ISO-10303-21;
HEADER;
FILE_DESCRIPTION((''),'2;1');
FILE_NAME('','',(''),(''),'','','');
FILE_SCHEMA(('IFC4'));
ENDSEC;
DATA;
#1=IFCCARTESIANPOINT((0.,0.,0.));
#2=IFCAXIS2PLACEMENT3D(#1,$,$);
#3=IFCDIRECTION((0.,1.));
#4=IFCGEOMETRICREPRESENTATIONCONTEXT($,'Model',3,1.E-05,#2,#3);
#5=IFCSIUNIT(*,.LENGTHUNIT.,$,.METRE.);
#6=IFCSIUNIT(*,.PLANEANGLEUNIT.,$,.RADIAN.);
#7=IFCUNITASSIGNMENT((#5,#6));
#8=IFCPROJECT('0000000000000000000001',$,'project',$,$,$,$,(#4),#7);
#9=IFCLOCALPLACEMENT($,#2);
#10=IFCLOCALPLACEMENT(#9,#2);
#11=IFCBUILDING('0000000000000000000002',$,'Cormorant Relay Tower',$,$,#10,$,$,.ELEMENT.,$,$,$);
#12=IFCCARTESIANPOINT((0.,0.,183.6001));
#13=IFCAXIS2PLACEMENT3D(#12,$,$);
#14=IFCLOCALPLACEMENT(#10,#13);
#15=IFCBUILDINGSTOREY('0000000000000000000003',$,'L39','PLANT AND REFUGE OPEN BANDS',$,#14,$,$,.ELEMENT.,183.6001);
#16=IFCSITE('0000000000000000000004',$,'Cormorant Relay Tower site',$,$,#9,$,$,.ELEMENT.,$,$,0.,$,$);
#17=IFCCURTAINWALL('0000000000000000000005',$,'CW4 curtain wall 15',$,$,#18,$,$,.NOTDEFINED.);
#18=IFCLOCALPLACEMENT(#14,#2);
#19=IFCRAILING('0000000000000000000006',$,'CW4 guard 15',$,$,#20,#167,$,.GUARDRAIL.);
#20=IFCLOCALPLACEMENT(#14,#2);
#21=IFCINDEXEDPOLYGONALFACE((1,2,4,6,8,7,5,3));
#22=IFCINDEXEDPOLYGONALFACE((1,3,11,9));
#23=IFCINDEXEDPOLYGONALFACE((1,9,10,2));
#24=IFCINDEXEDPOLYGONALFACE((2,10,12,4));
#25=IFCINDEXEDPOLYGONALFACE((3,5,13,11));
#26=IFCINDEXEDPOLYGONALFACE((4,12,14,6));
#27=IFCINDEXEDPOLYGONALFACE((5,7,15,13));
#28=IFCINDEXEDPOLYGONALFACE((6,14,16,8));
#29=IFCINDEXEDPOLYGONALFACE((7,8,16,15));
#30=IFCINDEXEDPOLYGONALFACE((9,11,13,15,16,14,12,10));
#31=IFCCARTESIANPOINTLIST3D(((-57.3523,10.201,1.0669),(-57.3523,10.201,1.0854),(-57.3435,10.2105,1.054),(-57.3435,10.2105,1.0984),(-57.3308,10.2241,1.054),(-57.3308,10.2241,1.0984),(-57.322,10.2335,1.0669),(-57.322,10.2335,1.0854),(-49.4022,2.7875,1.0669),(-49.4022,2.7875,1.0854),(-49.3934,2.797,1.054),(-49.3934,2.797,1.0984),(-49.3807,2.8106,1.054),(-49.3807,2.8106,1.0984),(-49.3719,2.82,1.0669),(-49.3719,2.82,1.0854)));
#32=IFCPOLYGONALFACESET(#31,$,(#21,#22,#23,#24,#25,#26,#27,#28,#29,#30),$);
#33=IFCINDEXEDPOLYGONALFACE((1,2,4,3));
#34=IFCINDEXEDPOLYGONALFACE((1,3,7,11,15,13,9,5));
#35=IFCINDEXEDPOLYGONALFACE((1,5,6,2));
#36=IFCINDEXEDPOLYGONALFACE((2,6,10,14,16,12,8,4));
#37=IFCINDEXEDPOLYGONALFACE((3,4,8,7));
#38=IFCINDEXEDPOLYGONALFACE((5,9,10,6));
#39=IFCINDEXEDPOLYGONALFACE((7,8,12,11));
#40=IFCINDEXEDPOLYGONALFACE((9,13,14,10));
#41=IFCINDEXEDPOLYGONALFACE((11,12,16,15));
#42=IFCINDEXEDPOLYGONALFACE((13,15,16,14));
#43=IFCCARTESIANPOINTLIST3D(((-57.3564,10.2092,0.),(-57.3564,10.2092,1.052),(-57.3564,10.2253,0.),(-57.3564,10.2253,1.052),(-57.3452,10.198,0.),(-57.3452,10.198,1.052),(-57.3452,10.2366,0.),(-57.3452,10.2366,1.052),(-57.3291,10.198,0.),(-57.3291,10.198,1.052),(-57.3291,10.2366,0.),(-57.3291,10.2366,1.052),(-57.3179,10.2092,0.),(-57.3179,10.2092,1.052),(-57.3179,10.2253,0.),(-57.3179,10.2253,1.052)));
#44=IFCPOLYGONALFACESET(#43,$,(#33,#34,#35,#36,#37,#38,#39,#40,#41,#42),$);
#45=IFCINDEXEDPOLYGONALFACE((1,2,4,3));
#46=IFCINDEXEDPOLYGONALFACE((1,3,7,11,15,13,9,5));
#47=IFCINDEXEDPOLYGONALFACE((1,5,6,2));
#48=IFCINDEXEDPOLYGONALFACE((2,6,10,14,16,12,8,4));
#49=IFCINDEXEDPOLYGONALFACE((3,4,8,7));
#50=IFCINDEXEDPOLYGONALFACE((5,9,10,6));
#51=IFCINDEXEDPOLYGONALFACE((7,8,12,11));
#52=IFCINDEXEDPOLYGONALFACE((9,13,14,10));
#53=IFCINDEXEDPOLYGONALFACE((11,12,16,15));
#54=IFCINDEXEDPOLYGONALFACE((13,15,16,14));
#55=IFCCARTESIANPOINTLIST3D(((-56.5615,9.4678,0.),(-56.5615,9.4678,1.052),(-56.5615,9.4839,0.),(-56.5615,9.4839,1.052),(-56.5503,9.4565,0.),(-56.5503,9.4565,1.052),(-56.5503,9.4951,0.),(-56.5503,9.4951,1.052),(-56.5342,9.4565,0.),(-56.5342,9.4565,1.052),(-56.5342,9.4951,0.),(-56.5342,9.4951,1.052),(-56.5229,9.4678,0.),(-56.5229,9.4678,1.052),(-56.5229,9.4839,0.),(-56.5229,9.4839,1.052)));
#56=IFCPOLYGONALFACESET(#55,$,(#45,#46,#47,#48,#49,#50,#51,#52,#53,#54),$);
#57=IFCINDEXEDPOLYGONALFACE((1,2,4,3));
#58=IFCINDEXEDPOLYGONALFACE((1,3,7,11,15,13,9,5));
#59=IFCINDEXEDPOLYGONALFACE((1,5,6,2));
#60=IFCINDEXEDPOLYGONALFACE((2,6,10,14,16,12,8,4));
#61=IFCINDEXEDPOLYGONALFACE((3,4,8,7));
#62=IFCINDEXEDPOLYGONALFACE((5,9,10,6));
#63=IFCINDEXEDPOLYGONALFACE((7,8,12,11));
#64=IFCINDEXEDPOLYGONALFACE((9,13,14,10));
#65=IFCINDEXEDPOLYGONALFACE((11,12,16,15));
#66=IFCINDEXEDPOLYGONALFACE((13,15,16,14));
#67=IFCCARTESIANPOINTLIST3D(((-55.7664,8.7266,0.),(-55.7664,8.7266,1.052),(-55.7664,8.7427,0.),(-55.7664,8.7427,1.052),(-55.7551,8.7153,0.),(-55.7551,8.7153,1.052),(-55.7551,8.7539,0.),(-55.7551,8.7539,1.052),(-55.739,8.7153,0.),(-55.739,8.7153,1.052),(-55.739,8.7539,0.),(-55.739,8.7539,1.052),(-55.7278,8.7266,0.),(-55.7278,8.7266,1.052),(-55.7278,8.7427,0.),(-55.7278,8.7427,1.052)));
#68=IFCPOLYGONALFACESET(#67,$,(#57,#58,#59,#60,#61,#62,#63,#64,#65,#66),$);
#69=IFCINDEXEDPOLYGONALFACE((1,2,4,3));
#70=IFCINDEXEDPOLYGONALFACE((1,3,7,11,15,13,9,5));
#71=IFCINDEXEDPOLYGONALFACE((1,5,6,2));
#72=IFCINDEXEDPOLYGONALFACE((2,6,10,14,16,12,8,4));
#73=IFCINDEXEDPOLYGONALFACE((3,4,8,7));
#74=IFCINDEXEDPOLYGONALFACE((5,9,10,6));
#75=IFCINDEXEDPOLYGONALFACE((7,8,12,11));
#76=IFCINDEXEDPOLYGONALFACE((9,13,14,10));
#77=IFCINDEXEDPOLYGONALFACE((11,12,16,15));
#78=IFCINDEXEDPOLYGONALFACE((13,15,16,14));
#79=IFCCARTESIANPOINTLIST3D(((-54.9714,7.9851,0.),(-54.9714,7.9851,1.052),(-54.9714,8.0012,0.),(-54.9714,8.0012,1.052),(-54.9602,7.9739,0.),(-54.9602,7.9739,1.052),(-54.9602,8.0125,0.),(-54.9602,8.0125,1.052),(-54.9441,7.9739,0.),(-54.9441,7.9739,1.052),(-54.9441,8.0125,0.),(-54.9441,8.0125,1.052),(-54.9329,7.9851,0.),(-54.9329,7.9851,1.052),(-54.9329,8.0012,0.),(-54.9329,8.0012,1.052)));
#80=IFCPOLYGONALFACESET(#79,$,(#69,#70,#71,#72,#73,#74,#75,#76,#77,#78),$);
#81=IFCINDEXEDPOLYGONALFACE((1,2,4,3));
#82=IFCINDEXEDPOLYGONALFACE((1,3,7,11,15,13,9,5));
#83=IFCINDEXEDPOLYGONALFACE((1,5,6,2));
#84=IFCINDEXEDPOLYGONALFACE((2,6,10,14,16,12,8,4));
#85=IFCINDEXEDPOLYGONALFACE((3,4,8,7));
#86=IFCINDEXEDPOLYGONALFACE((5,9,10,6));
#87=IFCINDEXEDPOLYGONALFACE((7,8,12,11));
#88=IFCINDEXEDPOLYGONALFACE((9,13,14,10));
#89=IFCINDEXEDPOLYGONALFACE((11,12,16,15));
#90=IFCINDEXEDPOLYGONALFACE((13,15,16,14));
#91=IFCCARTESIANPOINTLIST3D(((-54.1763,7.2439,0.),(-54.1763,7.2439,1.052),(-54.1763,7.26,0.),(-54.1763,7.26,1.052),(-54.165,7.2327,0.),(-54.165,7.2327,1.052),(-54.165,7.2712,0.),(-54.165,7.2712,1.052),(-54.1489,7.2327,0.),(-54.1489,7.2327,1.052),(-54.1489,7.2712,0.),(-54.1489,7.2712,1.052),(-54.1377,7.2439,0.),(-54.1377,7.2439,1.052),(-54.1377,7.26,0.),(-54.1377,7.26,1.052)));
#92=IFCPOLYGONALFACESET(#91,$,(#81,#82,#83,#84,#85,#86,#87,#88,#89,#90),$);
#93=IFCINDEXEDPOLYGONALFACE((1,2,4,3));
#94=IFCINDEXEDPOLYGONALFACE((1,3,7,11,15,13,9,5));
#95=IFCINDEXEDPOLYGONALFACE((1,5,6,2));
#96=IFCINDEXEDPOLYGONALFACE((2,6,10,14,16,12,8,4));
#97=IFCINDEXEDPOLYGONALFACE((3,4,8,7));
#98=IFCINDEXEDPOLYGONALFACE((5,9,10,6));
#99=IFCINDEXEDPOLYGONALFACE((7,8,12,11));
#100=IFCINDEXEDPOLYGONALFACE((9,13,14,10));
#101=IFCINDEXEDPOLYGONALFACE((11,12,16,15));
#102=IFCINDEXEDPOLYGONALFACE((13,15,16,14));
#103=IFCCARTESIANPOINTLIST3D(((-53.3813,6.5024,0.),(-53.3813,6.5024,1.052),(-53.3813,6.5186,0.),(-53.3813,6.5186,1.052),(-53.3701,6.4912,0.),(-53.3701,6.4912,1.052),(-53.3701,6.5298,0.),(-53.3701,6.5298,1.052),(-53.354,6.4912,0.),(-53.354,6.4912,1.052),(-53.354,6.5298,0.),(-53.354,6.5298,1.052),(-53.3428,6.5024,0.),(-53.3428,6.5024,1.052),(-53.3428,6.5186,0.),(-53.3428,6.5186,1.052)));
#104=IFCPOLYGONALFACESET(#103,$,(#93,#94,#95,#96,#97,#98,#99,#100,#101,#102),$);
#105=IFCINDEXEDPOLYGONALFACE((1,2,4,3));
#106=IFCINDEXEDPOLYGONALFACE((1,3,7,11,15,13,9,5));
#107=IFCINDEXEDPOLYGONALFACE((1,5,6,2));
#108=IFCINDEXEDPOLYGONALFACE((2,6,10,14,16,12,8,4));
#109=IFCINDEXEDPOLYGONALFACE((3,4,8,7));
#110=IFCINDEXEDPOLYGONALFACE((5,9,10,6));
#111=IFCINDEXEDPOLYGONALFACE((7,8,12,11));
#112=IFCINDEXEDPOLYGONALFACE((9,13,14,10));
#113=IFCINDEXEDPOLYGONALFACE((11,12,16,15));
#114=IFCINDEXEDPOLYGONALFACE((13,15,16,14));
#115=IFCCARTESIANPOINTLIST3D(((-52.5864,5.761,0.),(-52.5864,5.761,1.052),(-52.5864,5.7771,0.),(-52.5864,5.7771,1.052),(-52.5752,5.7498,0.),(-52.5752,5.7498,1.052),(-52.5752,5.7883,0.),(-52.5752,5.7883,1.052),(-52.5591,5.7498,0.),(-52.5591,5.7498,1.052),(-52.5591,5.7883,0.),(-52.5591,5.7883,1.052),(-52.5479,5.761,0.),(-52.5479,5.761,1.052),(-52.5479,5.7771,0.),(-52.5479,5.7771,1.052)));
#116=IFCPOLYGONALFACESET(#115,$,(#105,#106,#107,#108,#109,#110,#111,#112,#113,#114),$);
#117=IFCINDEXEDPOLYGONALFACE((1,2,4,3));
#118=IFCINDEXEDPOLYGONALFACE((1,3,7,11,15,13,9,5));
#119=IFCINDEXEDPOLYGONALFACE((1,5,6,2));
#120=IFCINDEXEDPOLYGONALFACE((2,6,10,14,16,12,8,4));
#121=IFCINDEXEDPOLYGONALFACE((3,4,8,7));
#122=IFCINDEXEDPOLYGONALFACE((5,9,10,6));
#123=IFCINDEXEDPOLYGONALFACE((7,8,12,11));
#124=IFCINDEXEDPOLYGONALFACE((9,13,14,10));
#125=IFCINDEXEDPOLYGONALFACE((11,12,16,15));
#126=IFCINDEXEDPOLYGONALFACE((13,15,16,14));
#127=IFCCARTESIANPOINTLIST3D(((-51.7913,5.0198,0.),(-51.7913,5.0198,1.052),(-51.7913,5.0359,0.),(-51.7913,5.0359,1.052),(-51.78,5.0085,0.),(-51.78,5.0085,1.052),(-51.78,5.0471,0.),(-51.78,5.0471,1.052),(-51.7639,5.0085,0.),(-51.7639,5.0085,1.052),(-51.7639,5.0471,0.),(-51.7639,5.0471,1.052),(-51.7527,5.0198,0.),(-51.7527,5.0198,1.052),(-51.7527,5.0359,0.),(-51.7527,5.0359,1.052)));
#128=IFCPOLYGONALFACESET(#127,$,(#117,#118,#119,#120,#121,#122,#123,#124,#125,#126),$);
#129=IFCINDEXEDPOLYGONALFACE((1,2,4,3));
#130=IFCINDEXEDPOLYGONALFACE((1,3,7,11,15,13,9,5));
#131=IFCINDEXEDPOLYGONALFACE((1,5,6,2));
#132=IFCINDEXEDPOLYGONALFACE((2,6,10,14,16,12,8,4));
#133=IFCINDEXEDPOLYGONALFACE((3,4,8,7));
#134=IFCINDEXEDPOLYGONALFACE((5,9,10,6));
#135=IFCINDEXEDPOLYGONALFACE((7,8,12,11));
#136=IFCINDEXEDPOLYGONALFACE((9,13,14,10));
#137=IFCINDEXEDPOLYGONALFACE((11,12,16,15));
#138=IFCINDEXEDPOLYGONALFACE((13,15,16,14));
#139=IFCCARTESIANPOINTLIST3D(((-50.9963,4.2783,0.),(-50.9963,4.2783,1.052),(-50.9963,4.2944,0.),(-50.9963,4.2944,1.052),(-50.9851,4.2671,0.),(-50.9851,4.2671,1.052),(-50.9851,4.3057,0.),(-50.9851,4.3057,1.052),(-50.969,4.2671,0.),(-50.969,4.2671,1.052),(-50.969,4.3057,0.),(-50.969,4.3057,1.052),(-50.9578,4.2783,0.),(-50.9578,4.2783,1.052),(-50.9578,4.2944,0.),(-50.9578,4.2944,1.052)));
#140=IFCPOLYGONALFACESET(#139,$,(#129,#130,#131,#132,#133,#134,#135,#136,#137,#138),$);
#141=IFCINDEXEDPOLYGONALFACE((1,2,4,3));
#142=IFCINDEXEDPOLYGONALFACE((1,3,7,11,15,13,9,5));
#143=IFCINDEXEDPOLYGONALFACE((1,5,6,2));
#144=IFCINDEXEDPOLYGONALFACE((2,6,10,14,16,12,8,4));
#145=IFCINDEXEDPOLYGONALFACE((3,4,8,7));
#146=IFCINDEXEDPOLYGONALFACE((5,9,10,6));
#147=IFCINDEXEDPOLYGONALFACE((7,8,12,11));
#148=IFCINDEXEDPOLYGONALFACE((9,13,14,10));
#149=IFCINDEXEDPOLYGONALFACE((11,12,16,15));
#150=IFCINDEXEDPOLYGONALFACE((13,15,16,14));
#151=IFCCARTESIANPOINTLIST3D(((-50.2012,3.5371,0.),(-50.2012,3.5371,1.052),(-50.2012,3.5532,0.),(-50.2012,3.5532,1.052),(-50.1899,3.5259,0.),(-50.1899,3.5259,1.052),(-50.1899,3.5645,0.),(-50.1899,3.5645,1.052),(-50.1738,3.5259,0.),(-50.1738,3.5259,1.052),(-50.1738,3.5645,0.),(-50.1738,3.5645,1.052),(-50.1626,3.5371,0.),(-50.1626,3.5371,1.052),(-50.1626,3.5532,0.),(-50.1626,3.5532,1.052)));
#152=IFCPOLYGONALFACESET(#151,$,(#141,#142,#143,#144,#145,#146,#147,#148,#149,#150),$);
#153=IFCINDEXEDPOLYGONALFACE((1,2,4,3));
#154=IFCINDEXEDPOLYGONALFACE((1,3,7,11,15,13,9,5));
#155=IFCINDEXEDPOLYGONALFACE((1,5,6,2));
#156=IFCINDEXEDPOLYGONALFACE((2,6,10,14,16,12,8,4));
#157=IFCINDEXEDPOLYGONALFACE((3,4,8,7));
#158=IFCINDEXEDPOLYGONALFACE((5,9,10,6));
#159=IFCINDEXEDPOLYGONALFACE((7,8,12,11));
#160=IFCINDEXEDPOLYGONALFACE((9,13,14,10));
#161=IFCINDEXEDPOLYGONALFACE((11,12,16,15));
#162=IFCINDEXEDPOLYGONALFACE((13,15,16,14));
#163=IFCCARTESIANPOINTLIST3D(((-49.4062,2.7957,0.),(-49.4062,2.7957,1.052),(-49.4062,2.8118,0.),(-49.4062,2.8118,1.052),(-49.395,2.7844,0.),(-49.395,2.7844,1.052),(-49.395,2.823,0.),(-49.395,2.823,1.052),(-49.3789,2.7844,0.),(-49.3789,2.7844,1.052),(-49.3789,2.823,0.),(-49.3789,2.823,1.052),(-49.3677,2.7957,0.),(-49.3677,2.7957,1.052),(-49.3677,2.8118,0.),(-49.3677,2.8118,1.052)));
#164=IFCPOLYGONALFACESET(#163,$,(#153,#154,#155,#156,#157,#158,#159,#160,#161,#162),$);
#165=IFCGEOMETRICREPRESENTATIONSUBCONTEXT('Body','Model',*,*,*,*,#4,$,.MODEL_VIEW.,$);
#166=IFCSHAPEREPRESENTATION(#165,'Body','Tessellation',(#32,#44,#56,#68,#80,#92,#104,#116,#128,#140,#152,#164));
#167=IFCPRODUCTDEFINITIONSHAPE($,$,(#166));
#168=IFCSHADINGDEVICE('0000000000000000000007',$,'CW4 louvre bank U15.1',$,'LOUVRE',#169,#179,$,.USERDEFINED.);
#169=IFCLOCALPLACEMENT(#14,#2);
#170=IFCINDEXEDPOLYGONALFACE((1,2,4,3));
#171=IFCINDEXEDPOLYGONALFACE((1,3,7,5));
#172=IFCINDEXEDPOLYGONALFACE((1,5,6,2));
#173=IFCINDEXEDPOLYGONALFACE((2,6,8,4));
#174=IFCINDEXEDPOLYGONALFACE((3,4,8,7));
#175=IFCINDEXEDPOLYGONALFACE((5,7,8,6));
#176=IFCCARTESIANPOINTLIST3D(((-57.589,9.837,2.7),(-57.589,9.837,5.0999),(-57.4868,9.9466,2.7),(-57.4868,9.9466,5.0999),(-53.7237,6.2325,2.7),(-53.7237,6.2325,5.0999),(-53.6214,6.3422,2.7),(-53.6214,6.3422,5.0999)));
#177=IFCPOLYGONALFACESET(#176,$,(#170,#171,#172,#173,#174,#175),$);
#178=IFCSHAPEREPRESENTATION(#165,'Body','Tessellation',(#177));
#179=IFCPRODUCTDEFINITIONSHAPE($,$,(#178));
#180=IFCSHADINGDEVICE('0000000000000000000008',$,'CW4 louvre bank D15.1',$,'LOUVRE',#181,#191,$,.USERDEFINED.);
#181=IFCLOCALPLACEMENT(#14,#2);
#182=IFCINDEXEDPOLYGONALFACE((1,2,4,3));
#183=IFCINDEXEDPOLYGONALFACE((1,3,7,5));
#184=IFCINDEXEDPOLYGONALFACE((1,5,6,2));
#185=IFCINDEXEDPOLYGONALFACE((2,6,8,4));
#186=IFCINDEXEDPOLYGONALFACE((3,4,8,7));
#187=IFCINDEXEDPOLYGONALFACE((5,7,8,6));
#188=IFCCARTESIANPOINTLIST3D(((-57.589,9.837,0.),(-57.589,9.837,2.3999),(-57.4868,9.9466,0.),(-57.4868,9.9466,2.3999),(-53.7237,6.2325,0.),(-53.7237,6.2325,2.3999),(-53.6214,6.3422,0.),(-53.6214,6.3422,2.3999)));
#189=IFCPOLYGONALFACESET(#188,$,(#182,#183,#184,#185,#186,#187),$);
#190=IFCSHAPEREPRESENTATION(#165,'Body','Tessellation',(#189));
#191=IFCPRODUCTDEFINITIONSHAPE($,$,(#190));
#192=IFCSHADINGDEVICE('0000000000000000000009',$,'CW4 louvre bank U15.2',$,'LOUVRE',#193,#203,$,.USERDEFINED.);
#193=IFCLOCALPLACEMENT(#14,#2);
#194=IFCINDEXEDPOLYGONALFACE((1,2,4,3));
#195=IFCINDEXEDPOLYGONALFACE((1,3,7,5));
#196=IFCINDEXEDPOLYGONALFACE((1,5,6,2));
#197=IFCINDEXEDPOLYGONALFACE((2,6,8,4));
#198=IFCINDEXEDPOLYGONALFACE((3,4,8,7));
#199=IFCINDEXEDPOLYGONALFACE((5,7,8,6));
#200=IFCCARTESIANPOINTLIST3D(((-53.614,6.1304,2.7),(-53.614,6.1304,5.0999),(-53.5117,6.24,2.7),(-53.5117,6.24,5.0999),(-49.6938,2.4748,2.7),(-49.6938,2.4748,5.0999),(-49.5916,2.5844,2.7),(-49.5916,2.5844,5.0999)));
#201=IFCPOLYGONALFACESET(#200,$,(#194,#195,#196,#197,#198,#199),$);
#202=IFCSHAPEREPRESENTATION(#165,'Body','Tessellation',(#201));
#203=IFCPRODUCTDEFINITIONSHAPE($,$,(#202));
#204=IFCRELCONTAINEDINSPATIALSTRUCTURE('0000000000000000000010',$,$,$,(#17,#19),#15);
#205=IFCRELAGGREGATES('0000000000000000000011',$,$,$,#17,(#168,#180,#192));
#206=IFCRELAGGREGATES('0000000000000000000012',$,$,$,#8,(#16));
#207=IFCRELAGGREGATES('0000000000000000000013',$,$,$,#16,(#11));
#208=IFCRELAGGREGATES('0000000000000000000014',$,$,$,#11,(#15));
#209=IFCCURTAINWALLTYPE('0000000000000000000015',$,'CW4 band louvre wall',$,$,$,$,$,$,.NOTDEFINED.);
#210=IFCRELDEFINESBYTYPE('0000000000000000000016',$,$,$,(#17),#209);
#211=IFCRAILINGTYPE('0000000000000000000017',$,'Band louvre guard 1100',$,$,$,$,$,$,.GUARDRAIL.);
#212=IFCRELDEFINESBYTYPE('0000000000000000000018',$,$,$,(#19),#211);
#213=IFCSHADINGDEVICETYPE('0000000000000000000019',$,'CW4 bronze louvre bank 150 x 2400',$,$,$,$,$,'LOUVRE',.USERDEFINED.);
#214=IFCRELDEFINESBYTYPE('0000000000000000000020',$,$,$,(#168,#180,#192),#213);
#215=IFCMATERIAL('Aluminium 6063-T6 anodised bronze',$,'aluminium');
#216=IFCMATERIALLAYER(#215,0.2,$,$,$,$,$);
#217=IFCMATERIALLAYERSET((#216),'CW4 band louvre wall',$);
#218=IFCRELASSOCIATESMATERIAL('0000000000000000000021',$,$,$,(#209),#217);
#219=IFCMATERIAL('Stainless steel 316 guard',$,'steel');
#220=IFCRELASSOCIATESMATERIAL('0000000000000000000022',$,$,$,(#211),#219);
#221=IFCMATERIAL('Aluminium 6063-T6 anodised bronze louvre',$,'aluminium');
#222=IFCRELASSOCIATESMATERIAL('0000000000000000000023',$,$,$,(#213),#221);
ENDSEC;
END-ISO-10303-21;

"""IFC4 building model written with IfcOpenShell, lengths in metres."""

from ifc_helpers import new_model, si_unit, direction, frame, origin, origin_2d, place, context, subcontext, project, spatial, polyline, rectangle, outline, extrude, material, layer, layer_set, type_object, element, aggregate, save


model = new_model("IFC4")

# Units and contexts
model_context = context("Model", 3, precision=1e-05, world=origin(), true_north=direction((0.0, 1.0)))
body_context = subcontext(model_context, "Body", "Model", "MODEL_VIEW")
ifc_project = project(units=[si_unit("LENGTHUNIT", "METRE"), si_unit("PLANEANGLEUNIT", "RADIAN")], contexts=[model_context])

# Site, building, storey
site_placement = place(None, origin())
site = spatial("IfcSite", under=ifc_project, at=site_placement, Name="Cormorant Relay Tower site", CompositionType="ELEMENT", RefElevation=0.0)
building_placement = place(site_placement, origin())
building = spatial("IfcBuilding", under=site, at=building_placement, Name="Cormorant Relay Tower", CompositionType="ELEMENT")
storey_placement = place(building_placement, frame((0.0, 0.0, 183.6001)))
storey = spatial("IfcBuildingStorey", under=building, at=storey_placement, Name="L39", Description="PLANT AND REFUGE OPEN BANDS", CompositionType="ELEMENT", Elevation=183.6001)

# Curtain wall
ifc_material_1 = material(Name="Aluminium 6063-T6 anodised bronze", Category="aluminium")
ifc_layer_1 = layer(ifc_material_1, 0.2)
ifc_layer_set_1 = layer_set([ifc_layer_1], Name="CW4 band louvre wall")
curtain_wall_type = type_object("IfcCurtainWallType", Name="CW4 band louvre wall", PredefinedType="NOTDEFINED", material=ifc_layer_set_1)
curtain_wall_1_placement = place(storey_placement, origin())
curtain_wall_1 = element("IfcCurtainWall", 1, at=curtain_wall_1_placement, inside=storey, type_object=curtain_wall_type, Name="CW4 curtain wall 15", PredefinedType="NOTDEFINED")

# Railing
ifc_material_2 = material(Name="Stainless steel 316 guard", Category="steel")
railing_type_1 = type_object("IfcRailingType", Name="Band louvre guard 1100", PredefinedType="GUARDRAIL", material=ifc_material_2)
railing_1_placement = place(storey_placement, frame((-57.3372, 10.2173, 0.0)))
element("IfcRailing", 2, at=railing_1_placement, inside=storey, type_object=railing_type_1, Name="CW4 guard 15", PredefinedType="GUARDRAIL", context=body_context, shape_type="SweptSolid", body=[
    extrude(outline(polyline([(0.0222, 0.0093), (0.0093, 0.0222), (-0.0093, 0.0222), (-0.0222, 0.0093), (-0.0222, -0.0093), (-0.0093, -0.0222), (0.0093, -0.0222), (0.0222, -0.0093), (0.0222, 0.0093)])), frame((0.0, 0.0, 1.0762), z_axis=(0.731358, -0.681993, 0.0), x_axis=(0.681993, 0.731358, 0.0)), (0.0, 0.0, 1.0), 10.8704),
    extrude(outline(polyline([(0.0193, 0.0081), (0.0081, 0.0193), (-0.0081, 0.0193), (-0.0193, 0.0081), (-0.0193, -0.0081), (-0.0081, -0.0193), (0.0081, -0.0193), (0.0193, -0.0081), (0.0193, 0.0081)])), origin(), (0.0, 0.0, 1.0), 1.052),
    extrude(outline(polyline([(0.0193, 0.0081), (0.0081, 0.0193), (-0.0081, 0.0193), (-0.0193, 0.0081), (-0.0193, -0.0081), (-0.0081, -0.0193), (0.0081, -0.0193), (0.0193, -0.0081), (0.0193, 0.0081)])), frame((0.7949, -0.7415, 0.0)), (0.0, 0.0, 1.0), 1.052),
    extrude(outline(polyline([(0.0193, 0.0081), (0.0081, 0.0193), (-0.0081, 0.0193), (-0.0193, 0.0081), (-0.0193, -0.0081), (-0.0081, -0.0193), (0.0081, -0.0193), (0.0193, -0.0081), (0.0193, 0.0081)])), frame((1.5901, -1.4827, 0.0)), (0.0, 0.0, 1.0), 1.052),
    extrude(outline(polyline([(0.0193, 0.0081), (0.0081, 0.0193), (-0.0081, 0.0193), (-0.0193, 0.0081), (-0.0193, -0.0081), (-0.0081, -0.0193), (0.0081, -0.0193), (0.0193, -0.0081), (0.0193, 0.0081)])), frame((2.385, -2.2241, 0.0)), (0.0, 0.0, 1.0), 1.052),
    extrude(outline(polyline([(0.0193, 0.0081), (0.0081, 0.0193), (-0.0081, 0.0193), (-0.0193, 0.0081), (-0.0193, -0.0081), (-0.0081, -0.0193), (0.0081, -0.0193), (0.0193, -0.0081), (0.0193, 0.0081)])), frame((3.1802, -2.9653, 0.0)), (0.0, 0.0, 1.0), 1.052),
    extrude(outline(polyline([(0.0193, 0.0081), (0.0081, 0.0193), (-0.0081, 0.0193), (-0.0193, 0.0081), (-0.0193, -0.0081), (-0.0081, -0.0193), (0.0081, -0.0193), (0.0193, -0.0081), (0.0193, 0.0081)])), frame((3.9751, -3.7068, 0.0)), (0.0, 0.0, 1.0), 1.052),
    extrude(outline(polyline([(0.0193, 0.0081), (0.0081, 0.0193), (-0.0081, 0.0193), (-0.0193, 0.0081), (-0.0193, -0.0081), (-0.0081, -0.0193), (0.0081, -0.0193), (0.0193, -0.0081), (0.0193, 0.0081)])), frame((4.77, -4.4482, 0.0)), (0.0, 0.0, 1.0), 1.052),
    extrude(outline(polyline([(0.0193, 0.0081), (0.0081, 0.0193), (-0.0081, 0.0193), (-0.0193, 0.0081), (-0.0193, -0.0081), (-0.0081, -0.0193), (0.0081, -0.0193), (0.0193, -0.0081), (0.0193, 0.0081)])), frame((5.5652, -5.1895, 0.0)), (0.0, 0.0, 1.0), 1.052),
    extrude(outline(polyline([(0.0193, 0.0081), (0.0081, 0.0193), (-0.0081, 0.0193), (-0.0193, 0.0081), (-0.0193, -0.0081), (-0.0081, -0.0193), (0.0081, -0.0193), (0.0193, -0.0081), (0.0193, 0.0081)])), frame((6.3601, -5.9309, 0.0)), (0.0, 0.0, 1.0), 1.052),
    extrude(outline(polyline([(0.0193, 0.0081), (0.0081, 0.0193), (-0.0081, 0.0193), (-0.0193, 0.0081), (-0.0193, -0.0081), (-0.0081, -0.0193), (0.0081, -0.0193), (0.0193, -0.0081), (0.0193, 0.0081)])), frame((7.1553, -6.6721, 0.0)), (0.0, 0.0, 1.0), 1.052),
    extrude(outline(polyline([(0.0193, 0.0081), (0.0081, 0.0193), (-0.0081, 0.0193), (-0.0193, 0.0081), (-0.0193, -0.0081), (-0.0081, -0.0193), (0.0081, -0.0193), (0.0193, -0.0081), (0.0193, 0.0081)])), frame((7.9502, -7.4136, 0.0)), (0.0, 0.0, 1.0), 1.052),
])

# Shading devices
ifc_material_3 = material(Name="Aluminium 6063-T6 anodised bronze louvre", Category="aluminium")
shading_device_type = type_object("IfcShadingDeviceType", Name="CW4 bronze louvre bank 150 x 2400", ElementType="LOUVRE", PredefinedType="USERDEFINED", material=ifc_material_3)
shading_device_1_placement = place(storey_placement, frame((-55.6052, 8.0896, 2.7), z_axis=(0.0, 0.0, 1.0), x_axis=(0.731354, -0.681998, 0.0)))
shading_device_1 = element("IfcShadingDevice", 3, at=shading_device_1_placement, type_object=shading_device_type, Name="CW4 louvre bank U15.1", ObjectType="LOUVRE", PredefinedType="USERDEFINED", context=body_context, shape_type="SweptSolid", body=[
    extrude(rectangle(XDim=5.2852, YDim=0.1499, at=origin_2d()), origin(), (0.0, 0.0, 1.0), 2.3999),
])
shading_device_2_placement = place(storey_placement, frame((-55.6052, 8.0896, 0.0), z_axis=(0.0, 0.0, 1.0), x_axis=(0.731354, -0.681998, 0.0)))
shading_device_2 = element("IfcShadingDevice", 4, at=shading_device_2_placement, type_object=shading_device_type, Name="CW4 louvre bank D15.1", ObjectType="LOUVRE", PredefinedType="USERDEFINED", context=body_context, shape_type="SweptSolid", body=[
    extrude(rectangle(XDim=5.2852, YDim=0.1499, at=origin_2d()), origin(), (0.0, 0.0, 1.0), 2.3999),
])
shading_device_3_placement = place(storey_placement, frame((-51.6028, 4.3574, 2.7), z_axis=(0.0, 0.0, 1.0), x_axis=(0.731354, -0.681998, 0.0)))
shading_device_3 = element("IfcShadingDevice", 5, at=shading_device_3_placement, type_object=shading_device_type, Name="CW4 louvre bank U15.2", ObjectType="LOUVRE", PredefinedType="USERDEFINED", context=body_context, shape_type="SweptSolid", body=[
    extrude(rectangle(XDim=5.3601, YDim=0.1499, at=origin_2d()), origin(), (0.0, 0.0, 1.0), 2.3999),
])
aggregate(curtain_wall_1, [shading_device_1, shading_device_2, shading_device_3])

save(model, "model.ifc")
